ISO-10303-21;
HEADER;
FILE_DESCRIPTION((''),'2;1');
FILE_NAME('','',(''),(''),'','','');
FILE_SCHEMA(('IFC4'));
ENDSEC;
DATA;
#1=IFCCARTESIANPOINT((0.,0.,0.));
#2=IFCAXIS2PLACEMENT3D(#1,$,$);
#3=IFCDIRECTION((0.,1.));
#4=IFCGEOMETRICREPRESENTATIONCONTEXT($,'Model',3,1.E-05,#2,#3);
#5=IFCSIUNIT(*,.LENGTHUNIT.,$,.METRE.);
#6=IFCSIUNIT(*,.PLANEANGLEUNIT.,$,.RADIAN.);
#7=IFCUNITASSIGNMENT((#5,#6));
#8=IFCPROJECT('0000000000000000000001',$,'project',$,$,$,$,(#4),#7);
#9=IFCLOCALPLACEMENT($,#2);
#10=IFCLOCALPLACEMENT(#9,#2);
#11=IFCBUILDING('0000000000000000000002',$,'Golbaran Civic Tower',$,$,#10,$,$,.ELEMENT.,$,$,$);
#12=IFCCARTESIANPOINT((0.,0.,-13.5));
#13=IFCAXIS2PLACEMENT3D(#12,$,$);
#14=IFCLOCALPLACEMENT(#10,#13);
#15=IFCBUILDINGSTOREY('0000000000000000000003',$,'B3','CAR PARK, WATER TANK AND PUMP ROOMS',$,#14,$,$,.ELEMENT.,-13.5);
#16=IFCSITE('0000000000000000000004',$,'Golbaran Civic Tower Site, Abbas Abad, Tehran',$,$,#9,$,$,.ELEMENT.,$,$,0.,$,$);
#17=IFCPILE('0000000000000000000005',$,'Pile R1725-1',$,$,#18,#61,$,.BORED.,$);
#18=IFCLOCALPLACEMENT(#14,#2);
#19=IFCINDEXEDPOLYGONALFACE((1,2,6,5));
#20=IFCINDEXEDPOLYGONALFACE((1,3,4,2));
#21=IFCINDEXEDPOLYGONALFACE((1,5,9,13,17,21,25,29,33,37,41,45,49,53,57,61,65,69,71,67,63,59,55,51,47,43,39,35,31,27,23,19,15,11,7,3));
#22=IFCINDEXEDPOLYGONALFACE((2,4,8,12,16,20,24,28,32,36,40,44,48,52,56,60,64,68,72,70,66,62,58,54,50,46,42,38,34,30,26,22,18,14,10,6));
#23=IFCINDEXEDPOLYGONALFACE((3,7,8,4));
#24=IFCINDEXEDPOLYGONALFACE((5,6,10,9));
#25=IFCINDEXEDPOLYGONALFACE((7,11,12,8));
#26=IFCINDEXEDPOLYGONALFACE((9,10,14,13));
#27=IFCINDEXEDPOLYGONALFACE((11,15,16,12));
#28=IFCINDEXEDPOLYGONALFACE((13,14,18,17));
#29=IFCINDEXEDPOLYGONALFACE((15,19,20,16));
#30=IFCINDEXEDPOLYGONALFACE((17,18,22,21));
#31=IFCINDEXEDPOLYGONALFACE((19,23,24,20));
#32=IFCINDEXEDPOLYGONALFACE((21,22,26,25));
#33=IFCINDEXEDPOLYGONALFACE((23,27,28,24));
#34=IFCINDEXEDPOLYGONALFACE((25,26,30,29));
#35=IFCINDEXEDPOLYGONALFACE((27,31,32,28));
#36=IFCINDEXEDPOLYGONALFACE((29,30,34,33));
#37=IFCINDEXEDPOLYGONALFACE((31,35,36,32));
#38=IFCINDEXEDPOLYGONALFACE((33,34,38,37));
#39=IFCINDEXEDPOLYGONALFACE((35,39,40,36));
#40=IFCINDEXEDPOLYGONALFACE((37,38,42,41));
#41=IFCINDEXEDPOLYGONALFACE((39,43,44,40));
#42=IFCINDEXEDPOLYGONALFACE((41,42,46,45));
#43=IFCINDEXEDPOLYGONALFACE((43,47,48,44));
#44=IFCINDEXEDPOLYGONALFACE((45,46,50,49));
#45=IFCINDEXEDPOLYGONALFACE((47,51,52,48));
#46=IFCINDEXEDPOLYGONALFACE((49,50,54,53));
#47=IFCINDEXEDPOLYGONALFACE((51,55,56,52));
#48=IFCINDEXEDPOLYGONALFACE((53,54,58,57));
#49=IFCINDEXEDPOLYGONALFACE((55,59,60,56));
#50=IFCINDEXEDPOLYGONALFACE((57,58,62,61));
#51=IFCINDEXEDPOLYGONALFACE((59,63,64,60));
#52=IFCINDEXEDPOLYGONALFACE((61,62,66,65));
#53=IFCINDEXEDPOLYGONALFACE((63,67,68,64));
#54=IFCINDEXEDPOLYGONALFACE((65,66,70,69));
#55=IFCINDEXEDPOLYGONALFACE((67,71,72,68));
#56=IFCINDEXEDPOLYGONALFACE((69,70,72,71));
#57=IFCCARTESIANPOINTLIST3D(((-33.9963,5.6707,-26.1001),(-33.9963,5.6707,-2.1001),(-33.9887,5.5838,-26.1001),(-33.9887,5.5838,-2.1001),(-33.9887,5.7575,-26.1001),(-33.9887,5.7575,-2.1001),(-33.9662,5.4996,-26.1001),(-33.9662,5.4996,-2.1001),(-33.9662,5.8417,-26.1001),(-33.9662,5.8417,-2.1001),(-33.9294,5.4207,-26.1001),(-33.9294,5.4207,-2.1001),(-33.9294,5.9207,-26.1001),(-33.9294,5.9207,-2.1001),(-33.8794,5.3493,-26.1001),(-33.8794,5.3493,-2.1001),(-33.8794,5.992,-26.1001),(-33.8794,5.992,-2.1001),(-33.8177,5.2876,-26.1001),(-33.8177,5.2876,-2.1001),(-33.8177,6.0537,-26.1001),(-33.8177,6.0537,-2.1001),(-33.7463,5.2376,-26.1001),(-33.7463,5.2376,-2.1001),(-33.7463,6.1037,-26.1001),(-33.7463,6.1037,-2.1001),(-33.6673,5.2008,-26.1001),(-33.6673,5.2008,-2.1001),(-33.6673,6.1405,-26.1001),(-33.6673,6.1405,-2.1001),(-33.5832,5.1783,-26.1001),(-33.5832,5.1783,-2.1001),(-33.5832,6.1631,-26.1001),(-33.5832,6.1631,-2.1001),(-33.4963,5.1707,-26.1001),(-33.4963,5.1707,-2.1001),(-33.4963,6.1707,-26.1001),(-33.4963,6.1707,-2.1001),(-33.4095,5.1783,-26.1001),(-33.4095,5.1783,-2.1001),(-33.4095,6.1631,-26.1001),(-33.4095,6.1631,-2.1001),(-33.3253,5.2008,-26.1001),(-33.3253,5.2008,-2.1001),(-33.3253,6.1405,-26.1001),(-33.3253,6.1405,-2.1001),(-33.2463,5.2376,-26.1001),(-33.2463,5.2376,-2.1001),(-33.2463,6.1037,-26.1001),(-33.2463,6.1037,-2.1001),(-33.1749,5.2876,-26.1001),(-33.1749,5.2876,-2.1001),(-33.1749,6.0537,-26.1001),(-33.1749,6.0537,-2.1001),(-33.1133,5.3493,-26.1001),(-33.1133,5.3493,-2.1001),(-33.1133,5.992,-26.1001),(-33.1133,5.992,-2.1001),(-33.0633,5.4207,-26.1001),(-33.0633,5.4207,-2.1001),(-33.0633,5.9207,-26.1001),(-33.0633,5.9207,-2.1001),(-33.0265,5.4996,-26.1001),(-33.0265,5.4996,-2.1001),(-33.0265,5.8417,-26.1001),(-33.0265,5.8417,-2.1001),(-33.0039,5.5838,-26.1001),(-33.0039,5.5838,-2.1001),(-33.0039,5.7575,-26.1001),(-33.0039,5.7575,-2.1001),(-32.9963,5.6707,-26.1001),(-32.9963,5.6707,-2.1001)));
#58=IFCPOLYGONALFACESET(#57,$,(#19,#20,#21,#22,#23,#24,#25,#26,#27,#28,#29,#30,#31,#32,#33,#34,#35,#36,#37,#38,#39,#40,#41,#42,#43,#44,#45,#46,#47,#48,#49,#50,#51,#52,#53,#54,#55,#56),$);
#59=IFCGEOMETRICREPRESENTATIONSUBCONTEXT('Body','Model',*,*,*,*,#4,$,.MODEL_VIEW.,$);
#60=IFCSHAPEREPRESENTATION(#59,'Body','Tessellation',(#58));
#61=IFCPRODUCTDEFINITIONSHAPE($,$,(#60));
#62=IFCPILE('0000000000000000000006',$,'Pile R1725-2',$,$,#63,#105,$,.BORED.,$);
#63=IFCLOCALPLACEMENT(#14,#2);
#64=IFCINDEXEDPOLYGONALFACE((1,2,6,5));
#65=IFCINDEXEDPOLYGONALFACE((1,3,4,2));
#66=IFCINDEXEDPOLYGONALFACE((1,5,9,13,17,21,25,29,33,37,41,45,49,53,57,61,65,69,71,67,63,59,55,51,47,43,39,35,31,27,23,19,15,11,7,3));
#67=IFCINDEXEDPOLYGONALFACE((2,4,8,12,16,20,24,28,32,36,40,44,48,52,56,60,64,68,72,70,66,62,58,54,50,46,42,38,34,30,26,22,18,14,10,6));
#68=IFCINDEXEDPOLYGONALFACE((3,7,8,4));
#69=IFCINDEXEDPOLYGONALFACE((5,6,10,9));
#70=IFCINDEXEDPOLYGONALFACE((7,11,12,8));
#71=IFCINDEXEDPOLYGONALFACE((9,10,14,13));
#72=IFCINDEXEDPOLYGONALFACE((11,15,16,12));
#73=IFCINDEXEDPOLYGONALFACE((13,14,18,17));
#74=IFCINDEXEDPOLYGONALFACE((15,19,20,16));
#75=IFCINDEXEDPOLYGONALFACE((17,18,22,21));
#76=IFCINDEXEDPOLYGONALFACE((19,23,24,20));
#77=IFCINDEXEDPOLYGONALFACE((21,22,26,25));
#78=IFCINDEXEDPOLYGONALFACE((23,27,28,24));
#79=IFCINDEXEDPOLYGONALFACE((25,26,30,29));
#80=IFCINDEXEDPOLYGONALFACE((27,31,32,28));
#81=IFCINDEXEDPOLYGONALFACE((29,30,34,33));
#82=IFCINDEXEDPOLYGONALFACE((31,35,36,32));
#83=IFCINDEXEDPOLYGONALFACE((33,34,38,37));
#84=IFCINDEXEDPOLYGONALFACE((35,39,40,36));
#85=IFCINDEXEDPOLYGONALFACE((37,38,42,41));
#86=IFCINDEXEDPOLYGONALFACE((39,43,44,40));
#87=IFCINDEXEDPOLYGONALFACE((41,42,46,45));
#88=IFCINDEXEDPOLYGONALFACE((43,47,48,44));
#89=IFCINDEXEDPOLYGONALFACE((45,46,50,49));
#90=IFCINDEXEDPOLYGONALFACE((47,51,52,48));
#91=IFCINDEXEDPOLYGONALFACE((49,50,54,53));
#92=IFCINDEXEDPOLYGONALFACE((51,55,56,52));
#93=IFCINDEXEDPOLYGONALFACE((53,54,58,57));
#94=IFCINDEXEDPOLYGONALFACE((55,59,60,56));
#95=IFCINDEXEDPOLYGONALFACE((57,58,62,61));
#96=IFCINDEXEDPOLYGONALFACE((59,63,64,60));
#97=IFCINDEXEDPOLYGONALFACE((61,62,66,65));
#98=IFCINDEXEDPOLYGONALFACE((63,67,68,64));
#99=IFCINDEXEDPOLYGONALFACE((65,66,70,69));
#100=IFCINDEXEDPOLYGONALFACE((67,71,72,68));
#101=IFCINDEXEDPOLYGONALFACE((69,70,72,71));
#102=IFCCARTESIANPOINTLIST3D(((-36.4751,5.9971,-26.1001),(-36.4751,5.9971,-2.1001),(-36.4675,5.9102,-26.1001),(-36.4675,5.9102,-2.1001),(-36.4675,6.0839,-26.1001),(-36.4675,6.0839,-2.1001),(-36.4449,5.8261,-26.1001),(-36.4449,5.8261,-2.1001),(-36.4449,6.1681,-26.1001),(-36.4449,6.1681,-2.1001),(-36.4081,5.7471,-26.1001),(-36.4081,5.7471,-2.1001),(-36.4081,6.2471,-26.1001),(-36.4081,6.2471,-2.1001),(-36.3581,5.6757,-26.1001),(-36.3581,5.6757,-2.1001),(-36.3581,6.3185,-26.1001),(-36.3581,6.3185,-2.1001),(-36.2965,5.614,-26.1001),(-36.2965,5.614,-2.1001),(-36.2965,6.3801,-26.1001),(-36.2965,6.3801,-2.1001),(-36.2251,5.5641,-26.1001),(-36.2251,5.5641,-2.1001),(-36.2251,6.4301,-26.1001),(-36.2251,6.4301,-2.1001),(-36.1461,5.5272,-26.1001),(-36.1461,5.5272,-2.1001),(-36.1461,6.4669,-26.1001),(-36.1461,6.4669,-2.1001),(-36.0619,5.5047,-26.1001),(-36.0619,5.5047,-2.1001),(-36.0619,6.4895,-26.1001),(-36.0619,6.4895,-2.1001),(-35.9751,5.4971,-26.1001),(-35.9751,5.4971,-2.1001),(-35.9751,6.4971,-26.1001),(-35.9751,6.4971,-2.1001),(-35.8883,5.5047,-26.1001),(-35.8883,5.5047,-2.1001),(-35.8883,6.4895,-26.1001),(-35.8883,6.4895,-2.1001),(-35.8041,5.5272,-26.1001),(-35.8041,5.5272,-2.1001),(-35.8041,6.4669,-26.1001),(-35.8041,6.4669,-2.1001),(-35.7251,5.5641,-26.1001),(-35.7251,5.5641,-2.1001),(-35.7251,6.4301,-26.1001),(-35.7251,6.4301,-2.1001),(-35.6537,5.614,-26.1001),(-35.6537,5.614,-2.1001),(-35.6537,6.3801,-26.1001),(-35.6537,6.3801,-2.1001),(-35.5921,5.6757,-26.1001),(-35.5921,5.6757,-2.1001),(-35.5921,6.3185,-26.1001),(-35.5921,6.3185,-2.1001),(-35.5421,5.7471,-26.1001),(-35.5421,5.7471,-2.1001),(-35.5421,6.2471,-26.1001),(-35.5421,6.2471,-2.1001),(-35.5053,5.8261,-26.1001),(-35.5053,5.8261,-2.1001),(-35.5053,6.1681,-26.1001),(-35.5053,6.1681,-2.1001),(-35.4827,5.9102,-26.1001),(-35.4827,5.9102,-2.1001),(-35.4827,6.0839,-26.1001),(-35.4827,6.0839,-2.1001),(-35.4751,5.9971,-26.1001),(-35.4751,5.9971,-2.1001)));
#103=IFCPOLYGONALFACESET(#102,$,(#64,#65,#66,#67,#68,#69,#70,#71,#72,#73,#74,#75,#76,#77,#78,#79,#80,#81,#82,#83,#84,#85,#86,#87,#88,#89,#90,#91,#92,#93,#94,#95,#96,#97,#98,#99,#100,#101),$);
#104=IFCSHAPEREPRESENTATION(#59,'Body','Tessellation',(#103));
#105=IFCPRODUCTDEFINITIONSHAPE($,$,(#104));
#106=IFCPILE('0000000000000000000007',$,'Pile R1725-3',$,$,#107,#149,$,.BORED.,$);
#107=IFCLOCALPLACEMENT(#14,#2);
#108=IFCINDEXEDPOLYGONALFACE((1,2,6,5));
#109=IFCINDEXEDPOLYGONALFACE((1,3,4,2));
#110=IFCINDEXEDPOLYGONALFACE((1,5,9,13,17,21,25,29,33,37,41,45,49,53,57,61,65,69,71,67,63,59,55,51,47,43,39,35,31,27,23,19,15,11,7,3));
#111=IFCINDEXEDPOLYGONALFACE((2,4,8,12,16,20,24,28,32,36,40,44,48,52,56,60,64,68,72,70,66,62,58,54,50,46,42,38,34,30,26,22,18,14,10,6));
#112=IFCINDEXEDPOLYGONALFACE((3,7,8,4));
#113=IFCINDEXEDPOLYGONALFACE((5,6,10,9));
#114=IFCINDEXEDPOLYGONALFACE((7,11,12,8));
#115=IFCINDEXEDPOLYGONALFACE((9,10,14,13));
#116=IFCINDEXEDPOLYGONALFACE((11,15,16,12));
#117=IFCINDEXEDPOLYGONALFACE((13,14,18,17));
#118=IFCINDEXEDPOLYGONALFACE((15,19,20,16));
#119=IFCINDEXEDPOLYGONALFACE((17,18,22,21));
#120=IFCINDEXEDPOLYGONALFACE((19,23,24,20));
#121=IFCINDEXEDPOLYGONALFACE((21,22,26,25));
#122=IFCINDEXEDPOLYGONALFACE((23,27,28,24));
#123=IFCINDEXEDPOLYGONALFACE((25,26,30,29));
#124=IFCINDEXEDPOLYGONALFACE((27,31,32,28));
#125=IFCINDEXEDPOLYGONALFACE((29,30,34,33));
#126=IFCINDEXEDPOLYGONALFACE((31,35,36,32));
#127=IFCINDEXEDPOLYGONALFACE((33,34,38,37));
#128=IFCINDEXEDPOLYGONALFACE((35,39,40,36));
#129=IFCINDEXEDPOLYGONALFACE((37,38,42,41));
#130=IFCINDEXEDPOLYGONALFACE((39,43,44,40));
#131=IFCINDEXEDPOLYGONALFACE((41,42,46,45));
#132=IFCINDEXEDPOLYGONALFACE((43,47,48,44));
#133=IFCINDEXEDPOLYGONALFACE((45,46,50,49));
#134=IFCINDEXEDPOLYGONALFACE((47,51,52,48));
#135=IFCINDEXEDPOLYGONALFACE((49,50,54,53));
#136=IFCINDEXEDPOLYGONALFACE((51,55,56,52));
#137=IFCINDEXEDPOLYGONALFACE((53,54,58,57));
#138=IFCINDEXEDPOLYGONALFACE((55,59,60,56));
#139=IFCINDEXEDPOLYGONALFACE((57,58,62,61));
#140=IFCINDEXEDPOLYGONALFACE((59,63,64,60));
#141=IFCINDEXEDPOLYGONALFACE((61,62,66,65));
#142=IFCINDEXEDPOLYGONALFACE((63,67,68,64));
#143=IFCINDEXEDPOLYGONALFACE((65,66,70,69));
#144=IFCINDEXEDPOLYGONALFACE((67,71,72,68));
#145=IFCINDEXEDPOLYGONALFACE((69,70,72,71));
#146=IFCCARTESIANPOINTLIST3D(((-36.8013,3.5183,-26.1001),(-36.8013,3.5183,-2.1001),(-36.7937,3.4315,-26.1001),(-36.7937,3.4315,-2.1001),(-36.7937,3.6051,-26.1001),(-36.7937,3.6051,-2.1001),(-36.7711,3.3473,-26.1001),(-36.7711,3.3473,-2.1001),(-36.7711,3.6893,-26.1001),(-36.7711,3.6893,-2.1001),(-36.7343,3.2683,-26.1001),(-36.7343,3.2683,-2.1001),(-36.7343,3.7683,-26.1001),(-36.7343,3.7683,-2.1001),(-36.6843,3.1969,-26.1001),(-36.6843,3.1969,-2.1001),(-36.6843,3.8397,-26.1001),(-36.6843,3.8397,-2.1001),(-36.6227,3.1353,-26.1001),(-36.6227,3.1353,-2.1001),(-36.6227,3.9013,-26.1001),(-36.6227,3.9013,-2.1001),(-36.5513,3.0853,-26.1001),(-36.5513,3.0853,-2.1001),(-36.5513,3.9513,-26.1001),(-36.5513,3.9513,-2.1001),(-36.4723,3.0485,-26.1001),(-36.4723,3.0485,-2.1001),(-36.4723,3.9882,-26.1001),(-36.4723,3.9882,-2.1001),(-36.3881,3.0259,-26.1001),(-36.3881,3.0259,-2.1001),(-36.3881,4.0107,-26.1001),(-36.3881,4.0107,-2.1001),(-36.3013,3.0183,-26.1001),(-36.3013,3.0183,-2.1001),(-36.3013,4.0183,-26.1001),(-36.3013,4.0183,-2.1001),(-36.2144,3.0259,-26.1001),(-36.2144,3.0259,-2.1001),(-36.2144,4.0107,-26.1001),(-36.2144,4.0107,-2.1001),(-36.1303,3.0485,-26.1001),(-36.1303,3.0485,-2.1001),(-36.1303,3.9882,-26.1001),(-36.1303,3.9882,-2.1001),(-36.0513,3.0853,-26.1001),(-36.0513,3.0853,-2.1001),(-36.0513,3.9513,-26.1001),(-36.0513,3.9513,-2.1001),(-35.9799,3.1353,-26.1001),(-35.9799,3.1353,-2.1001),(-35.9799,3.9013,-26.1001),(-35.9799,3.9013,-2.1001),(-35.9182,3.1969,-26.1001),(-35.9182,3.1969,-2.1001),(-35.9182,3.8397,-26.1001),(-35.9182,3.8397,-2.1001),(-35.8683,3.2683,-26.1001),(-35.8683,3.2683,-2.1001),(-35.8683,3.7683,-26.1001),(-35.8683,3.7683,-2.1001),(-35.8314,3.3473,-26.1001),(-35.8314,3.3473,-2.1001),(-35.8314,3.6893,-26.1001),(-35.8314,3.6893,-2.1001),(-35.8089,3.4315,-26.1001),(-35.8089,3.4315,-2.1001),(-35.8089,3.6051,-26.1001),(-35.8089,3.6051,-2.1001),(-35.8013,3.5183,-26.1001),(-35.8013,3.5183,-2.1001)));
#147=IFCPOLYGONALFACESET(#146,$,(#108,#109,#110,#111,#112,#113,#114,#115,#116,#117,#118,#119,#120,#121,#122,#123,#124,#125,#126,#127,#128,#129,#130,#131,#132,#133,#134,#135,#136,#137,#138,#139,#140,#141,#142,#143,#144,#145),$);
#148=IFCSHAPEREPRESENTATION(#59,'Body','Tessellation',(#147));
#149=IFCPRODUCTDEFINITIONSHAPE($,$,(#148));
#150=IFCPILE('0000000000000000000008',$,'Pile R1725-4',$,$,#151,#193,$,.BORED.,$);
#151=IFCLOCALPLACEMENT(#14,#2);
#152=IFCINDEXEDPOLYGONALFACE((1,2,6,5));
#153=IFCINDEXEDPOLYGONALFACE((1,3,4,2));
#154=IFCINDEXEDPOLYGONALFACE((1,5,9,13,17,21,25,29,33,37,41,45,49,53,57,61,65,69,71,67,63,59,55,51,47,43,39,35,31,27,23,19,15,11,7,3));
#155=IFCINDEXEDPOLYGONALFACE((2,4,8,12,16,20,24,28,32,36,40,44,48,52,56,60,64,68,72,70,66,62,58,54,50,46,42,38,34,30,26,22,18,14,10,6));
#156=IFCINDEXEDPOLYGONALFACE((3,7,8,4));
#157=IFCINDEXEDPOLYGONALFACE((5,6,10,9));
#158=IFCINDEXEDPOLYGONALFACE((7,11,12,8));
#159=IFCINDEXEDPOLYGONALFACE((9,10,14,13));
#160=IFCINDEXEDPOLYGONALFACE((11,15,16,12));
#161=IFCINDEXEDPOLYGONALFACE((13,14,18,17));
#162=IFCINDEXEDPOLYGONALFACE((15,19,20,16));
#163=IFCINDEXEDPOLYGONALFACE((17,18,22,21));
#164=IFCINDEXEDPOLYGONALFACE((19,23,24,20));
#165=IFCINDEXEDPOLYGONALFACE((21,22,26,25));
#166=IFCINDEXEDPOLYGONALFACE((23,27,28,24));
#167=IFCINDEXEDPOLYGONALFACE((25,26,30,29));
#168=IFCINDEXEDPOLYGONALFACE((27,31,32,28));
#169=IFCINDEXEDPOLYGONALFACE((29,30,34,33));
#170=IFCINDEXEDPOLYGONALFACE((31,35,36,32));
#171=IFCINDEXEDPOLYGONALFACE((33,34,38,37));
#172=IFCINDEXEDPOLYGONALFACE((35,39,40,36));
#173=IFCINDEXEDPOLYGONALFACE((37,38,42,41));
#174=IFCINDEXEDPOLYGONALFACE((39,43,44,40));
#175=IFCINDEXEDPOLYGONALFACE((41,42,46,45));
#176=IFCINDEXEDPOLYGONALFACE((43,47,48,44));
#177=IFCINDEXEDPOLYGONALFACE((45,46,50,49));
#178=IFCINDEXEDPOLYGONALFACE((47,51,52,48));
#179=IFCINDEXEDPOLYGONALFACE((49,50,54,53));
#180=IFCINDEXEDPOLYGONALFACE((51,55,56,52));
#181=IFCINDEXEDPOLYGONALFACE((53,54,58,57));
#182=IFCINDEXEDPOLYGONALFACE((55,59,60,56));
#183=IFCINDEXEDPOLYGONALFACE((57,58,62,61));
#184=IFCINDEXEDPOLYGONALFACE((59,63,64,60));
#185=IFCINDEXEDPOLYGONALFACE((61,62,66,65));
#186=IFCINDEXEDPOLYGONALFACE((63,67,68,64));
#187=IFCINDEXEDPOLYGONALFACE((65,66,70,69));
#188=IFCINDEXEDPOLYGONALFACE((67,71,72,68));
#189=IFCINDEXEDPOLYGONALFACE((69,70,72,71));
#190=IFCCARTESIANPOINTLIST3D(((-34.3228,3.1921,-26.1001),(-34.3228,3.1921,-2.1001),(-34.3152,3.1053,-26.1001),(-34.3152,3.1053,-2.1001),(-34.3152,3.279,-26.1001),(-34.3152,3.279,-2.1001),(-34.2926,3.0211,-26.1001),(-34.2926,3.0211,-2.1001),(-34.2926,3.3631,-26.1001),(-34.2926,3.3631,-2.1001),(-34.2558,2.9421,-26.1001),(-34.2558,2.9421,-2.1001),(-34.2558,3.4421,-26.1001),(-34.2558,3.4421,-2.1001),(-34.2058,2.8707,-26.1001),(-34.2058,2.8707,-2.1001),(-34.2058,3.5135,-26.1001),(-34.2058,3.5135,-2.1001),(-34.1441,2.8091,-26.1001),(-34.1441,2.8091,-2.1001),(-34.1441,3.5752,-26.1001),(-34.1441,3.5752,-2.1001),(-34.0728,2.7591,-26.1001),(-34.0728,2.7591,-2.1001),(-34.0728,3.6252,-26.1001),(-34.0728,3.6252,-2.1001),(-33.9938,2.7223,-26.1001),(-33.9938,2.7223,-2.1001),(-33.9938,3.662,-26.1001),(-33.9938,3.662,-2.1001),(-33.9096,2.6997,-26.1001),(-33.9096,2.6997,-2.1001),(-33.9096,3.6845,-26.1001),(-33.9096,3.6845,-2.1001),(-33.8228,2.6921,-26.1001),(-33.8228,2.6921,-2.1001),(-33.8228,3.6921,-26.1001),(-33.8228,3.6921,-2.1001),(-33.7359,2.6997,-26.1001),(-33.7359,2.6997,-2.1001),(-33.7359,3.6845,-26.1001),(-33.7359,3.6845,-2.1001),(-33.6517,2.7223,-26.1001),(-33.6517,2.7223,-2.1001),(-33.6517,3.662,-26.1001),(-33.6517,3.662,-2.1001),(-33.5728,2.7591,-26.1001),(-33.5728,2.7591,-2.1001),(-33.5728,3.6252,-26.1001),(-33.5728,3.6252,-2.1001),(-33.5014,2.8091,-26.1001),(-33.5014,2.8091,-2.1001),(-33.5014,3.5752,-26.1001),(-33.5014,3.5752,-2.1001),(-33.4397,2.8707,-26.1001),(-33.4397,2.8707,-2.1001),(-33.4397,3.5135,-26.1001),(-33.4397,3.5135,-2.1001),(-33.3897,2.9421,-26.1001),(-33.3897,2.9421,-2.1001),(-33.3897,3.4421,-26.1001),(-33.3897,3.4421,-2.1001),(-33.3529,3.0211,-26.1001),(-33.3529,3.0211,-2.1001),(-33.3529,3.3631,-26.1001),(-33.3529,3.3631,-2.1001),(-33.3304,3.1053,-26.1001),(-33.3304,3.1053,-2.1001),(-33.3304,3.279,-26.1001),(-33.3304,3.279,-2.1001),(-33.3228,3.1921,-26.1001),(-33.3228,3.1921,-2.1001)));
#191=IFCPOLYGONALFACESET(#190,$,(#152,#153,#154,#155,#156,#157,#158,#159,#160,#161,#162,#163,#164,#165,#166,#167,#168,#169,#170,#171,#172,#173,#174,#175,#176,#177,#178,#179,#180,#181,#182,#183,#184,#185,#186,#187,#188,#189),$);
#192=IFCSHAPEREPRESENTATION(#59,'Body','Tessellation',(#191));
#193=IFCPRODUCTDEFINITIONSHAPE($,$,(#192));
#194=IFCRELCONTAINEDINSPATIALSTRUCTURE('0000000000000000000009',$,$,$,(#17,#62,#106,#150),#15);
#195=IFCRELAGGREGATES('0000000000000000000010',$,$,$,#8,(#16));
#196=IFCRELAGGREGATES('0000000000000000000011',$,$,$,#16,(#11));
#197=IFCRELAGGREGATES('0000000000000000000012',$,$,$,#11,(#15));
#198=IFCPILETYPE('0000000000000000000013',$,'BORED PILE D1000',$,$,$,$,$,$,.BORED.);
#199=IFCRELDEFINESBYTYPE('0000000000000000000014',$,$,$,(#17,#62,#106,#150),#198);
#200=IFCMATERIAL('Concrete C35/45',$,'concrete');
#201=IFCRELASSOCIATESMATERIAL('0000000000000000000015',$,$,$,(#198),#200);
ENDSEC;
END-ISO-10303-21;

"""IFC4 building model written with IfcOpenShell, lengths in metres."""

from ifc_helpers import new_model, si_unit, direction, frame, origin, origin_2d, place, context, subcontext, project, spatial, circle, extrude, material, material_profile, profile_set, type_object, element, save


model = new_model("IFC4")

# Units and contexts
model_context = context("Model", 3, precision=1e-05, world=origin(), true_north=direction((0.0, 1.0)))
body_context = subcontext(model_context, "Body", "Model", "MODEL_VIEW")
ifc_project = project(units=[si_unit("LENGTHUNIT", "METRE"), si_unit("PLANEANGLEUNIT", "RADIAN")], contexts=[model_context])

# Site, building, storey
site_placement = place(None, origin())
site = spatial("IfcSite", under=ifc_project, at=site_placement, Name="Golbaran Civic Tower Site, Abbas Abad, Tehran", CompositionType="ELEMENT", RefElevation=0.0)
building_placement = place(site_placement, origin())
building = spatial("IfcBuilding", under=site, at=building_placement, Name="Golbaran Civic Tower", CompositionType="ELEMENT")
storey_placement = place(building_placement, frame((0.0, 0.0, -13.5)))
storey = spatial("IfcBuildingStorey", under=building, at=storey_placement, Name="B3", Description="CAR PARK, WATER TANK AND PUMP ROOMS", CompositionType="ELEMENT", Elevation=-13.5)

# Piles
ifc_material_1 = material(Name="Concrete C35/45", Category="concrete")
ifc_material_profile_1 = material_profile(ifc_material_1, circle(Radius=0.5, at=origin_2d()), Name="BORED PILE D1000")
ifc_profile_set_1 = profile_set([ifc_material_profile_1], Name="Concrete C35/45")
pile_type_1 = type_object("IfcPileType", Name="BORED PILE D1000", PredefinedType="BORED", material=ifc_profile_set_1)
for number, where, z_axis, x_axis, name in (
    (1, (-33.4963, 5.6707, -2.1001), (0.0, 0.0, -1.0), (1.0, 0.0, 0.0), "Pile R1725-1"),
    (2, (-35.9751, 5.9971, -2.1001), (0.0, 0.0, -1.0), (1.0, 0.0, 0.0), "Pile R1725-2"),
    (3, (-36.3013, 3.5183, -2.1001), (0.0, 0.0, -1.0), (1.0, 0.0, 0.0), "Pile R1725-3"),
    (4, (-33.8228, 3.1921, -2.1001), (0.0, 0.0, -1.0), (1.0, 0.0, 0.0), "Pile R1725-4"),
):
    element("IfcPile", number, at=place(storey_placement, frame(where, z_axis=z_axis, x_axis=x_axis)), inside=storey, type_object=pile_type_1, Name=name, PredefinedType="BORED", context=body_context, shape_type="SweptSolid", body=[
        extrude(circle(Radius=0.5, at=origin_2d()), origin(), (0.0, 0.0, 1.0), 24.0),
    ])

save(model, "model.ifc")
